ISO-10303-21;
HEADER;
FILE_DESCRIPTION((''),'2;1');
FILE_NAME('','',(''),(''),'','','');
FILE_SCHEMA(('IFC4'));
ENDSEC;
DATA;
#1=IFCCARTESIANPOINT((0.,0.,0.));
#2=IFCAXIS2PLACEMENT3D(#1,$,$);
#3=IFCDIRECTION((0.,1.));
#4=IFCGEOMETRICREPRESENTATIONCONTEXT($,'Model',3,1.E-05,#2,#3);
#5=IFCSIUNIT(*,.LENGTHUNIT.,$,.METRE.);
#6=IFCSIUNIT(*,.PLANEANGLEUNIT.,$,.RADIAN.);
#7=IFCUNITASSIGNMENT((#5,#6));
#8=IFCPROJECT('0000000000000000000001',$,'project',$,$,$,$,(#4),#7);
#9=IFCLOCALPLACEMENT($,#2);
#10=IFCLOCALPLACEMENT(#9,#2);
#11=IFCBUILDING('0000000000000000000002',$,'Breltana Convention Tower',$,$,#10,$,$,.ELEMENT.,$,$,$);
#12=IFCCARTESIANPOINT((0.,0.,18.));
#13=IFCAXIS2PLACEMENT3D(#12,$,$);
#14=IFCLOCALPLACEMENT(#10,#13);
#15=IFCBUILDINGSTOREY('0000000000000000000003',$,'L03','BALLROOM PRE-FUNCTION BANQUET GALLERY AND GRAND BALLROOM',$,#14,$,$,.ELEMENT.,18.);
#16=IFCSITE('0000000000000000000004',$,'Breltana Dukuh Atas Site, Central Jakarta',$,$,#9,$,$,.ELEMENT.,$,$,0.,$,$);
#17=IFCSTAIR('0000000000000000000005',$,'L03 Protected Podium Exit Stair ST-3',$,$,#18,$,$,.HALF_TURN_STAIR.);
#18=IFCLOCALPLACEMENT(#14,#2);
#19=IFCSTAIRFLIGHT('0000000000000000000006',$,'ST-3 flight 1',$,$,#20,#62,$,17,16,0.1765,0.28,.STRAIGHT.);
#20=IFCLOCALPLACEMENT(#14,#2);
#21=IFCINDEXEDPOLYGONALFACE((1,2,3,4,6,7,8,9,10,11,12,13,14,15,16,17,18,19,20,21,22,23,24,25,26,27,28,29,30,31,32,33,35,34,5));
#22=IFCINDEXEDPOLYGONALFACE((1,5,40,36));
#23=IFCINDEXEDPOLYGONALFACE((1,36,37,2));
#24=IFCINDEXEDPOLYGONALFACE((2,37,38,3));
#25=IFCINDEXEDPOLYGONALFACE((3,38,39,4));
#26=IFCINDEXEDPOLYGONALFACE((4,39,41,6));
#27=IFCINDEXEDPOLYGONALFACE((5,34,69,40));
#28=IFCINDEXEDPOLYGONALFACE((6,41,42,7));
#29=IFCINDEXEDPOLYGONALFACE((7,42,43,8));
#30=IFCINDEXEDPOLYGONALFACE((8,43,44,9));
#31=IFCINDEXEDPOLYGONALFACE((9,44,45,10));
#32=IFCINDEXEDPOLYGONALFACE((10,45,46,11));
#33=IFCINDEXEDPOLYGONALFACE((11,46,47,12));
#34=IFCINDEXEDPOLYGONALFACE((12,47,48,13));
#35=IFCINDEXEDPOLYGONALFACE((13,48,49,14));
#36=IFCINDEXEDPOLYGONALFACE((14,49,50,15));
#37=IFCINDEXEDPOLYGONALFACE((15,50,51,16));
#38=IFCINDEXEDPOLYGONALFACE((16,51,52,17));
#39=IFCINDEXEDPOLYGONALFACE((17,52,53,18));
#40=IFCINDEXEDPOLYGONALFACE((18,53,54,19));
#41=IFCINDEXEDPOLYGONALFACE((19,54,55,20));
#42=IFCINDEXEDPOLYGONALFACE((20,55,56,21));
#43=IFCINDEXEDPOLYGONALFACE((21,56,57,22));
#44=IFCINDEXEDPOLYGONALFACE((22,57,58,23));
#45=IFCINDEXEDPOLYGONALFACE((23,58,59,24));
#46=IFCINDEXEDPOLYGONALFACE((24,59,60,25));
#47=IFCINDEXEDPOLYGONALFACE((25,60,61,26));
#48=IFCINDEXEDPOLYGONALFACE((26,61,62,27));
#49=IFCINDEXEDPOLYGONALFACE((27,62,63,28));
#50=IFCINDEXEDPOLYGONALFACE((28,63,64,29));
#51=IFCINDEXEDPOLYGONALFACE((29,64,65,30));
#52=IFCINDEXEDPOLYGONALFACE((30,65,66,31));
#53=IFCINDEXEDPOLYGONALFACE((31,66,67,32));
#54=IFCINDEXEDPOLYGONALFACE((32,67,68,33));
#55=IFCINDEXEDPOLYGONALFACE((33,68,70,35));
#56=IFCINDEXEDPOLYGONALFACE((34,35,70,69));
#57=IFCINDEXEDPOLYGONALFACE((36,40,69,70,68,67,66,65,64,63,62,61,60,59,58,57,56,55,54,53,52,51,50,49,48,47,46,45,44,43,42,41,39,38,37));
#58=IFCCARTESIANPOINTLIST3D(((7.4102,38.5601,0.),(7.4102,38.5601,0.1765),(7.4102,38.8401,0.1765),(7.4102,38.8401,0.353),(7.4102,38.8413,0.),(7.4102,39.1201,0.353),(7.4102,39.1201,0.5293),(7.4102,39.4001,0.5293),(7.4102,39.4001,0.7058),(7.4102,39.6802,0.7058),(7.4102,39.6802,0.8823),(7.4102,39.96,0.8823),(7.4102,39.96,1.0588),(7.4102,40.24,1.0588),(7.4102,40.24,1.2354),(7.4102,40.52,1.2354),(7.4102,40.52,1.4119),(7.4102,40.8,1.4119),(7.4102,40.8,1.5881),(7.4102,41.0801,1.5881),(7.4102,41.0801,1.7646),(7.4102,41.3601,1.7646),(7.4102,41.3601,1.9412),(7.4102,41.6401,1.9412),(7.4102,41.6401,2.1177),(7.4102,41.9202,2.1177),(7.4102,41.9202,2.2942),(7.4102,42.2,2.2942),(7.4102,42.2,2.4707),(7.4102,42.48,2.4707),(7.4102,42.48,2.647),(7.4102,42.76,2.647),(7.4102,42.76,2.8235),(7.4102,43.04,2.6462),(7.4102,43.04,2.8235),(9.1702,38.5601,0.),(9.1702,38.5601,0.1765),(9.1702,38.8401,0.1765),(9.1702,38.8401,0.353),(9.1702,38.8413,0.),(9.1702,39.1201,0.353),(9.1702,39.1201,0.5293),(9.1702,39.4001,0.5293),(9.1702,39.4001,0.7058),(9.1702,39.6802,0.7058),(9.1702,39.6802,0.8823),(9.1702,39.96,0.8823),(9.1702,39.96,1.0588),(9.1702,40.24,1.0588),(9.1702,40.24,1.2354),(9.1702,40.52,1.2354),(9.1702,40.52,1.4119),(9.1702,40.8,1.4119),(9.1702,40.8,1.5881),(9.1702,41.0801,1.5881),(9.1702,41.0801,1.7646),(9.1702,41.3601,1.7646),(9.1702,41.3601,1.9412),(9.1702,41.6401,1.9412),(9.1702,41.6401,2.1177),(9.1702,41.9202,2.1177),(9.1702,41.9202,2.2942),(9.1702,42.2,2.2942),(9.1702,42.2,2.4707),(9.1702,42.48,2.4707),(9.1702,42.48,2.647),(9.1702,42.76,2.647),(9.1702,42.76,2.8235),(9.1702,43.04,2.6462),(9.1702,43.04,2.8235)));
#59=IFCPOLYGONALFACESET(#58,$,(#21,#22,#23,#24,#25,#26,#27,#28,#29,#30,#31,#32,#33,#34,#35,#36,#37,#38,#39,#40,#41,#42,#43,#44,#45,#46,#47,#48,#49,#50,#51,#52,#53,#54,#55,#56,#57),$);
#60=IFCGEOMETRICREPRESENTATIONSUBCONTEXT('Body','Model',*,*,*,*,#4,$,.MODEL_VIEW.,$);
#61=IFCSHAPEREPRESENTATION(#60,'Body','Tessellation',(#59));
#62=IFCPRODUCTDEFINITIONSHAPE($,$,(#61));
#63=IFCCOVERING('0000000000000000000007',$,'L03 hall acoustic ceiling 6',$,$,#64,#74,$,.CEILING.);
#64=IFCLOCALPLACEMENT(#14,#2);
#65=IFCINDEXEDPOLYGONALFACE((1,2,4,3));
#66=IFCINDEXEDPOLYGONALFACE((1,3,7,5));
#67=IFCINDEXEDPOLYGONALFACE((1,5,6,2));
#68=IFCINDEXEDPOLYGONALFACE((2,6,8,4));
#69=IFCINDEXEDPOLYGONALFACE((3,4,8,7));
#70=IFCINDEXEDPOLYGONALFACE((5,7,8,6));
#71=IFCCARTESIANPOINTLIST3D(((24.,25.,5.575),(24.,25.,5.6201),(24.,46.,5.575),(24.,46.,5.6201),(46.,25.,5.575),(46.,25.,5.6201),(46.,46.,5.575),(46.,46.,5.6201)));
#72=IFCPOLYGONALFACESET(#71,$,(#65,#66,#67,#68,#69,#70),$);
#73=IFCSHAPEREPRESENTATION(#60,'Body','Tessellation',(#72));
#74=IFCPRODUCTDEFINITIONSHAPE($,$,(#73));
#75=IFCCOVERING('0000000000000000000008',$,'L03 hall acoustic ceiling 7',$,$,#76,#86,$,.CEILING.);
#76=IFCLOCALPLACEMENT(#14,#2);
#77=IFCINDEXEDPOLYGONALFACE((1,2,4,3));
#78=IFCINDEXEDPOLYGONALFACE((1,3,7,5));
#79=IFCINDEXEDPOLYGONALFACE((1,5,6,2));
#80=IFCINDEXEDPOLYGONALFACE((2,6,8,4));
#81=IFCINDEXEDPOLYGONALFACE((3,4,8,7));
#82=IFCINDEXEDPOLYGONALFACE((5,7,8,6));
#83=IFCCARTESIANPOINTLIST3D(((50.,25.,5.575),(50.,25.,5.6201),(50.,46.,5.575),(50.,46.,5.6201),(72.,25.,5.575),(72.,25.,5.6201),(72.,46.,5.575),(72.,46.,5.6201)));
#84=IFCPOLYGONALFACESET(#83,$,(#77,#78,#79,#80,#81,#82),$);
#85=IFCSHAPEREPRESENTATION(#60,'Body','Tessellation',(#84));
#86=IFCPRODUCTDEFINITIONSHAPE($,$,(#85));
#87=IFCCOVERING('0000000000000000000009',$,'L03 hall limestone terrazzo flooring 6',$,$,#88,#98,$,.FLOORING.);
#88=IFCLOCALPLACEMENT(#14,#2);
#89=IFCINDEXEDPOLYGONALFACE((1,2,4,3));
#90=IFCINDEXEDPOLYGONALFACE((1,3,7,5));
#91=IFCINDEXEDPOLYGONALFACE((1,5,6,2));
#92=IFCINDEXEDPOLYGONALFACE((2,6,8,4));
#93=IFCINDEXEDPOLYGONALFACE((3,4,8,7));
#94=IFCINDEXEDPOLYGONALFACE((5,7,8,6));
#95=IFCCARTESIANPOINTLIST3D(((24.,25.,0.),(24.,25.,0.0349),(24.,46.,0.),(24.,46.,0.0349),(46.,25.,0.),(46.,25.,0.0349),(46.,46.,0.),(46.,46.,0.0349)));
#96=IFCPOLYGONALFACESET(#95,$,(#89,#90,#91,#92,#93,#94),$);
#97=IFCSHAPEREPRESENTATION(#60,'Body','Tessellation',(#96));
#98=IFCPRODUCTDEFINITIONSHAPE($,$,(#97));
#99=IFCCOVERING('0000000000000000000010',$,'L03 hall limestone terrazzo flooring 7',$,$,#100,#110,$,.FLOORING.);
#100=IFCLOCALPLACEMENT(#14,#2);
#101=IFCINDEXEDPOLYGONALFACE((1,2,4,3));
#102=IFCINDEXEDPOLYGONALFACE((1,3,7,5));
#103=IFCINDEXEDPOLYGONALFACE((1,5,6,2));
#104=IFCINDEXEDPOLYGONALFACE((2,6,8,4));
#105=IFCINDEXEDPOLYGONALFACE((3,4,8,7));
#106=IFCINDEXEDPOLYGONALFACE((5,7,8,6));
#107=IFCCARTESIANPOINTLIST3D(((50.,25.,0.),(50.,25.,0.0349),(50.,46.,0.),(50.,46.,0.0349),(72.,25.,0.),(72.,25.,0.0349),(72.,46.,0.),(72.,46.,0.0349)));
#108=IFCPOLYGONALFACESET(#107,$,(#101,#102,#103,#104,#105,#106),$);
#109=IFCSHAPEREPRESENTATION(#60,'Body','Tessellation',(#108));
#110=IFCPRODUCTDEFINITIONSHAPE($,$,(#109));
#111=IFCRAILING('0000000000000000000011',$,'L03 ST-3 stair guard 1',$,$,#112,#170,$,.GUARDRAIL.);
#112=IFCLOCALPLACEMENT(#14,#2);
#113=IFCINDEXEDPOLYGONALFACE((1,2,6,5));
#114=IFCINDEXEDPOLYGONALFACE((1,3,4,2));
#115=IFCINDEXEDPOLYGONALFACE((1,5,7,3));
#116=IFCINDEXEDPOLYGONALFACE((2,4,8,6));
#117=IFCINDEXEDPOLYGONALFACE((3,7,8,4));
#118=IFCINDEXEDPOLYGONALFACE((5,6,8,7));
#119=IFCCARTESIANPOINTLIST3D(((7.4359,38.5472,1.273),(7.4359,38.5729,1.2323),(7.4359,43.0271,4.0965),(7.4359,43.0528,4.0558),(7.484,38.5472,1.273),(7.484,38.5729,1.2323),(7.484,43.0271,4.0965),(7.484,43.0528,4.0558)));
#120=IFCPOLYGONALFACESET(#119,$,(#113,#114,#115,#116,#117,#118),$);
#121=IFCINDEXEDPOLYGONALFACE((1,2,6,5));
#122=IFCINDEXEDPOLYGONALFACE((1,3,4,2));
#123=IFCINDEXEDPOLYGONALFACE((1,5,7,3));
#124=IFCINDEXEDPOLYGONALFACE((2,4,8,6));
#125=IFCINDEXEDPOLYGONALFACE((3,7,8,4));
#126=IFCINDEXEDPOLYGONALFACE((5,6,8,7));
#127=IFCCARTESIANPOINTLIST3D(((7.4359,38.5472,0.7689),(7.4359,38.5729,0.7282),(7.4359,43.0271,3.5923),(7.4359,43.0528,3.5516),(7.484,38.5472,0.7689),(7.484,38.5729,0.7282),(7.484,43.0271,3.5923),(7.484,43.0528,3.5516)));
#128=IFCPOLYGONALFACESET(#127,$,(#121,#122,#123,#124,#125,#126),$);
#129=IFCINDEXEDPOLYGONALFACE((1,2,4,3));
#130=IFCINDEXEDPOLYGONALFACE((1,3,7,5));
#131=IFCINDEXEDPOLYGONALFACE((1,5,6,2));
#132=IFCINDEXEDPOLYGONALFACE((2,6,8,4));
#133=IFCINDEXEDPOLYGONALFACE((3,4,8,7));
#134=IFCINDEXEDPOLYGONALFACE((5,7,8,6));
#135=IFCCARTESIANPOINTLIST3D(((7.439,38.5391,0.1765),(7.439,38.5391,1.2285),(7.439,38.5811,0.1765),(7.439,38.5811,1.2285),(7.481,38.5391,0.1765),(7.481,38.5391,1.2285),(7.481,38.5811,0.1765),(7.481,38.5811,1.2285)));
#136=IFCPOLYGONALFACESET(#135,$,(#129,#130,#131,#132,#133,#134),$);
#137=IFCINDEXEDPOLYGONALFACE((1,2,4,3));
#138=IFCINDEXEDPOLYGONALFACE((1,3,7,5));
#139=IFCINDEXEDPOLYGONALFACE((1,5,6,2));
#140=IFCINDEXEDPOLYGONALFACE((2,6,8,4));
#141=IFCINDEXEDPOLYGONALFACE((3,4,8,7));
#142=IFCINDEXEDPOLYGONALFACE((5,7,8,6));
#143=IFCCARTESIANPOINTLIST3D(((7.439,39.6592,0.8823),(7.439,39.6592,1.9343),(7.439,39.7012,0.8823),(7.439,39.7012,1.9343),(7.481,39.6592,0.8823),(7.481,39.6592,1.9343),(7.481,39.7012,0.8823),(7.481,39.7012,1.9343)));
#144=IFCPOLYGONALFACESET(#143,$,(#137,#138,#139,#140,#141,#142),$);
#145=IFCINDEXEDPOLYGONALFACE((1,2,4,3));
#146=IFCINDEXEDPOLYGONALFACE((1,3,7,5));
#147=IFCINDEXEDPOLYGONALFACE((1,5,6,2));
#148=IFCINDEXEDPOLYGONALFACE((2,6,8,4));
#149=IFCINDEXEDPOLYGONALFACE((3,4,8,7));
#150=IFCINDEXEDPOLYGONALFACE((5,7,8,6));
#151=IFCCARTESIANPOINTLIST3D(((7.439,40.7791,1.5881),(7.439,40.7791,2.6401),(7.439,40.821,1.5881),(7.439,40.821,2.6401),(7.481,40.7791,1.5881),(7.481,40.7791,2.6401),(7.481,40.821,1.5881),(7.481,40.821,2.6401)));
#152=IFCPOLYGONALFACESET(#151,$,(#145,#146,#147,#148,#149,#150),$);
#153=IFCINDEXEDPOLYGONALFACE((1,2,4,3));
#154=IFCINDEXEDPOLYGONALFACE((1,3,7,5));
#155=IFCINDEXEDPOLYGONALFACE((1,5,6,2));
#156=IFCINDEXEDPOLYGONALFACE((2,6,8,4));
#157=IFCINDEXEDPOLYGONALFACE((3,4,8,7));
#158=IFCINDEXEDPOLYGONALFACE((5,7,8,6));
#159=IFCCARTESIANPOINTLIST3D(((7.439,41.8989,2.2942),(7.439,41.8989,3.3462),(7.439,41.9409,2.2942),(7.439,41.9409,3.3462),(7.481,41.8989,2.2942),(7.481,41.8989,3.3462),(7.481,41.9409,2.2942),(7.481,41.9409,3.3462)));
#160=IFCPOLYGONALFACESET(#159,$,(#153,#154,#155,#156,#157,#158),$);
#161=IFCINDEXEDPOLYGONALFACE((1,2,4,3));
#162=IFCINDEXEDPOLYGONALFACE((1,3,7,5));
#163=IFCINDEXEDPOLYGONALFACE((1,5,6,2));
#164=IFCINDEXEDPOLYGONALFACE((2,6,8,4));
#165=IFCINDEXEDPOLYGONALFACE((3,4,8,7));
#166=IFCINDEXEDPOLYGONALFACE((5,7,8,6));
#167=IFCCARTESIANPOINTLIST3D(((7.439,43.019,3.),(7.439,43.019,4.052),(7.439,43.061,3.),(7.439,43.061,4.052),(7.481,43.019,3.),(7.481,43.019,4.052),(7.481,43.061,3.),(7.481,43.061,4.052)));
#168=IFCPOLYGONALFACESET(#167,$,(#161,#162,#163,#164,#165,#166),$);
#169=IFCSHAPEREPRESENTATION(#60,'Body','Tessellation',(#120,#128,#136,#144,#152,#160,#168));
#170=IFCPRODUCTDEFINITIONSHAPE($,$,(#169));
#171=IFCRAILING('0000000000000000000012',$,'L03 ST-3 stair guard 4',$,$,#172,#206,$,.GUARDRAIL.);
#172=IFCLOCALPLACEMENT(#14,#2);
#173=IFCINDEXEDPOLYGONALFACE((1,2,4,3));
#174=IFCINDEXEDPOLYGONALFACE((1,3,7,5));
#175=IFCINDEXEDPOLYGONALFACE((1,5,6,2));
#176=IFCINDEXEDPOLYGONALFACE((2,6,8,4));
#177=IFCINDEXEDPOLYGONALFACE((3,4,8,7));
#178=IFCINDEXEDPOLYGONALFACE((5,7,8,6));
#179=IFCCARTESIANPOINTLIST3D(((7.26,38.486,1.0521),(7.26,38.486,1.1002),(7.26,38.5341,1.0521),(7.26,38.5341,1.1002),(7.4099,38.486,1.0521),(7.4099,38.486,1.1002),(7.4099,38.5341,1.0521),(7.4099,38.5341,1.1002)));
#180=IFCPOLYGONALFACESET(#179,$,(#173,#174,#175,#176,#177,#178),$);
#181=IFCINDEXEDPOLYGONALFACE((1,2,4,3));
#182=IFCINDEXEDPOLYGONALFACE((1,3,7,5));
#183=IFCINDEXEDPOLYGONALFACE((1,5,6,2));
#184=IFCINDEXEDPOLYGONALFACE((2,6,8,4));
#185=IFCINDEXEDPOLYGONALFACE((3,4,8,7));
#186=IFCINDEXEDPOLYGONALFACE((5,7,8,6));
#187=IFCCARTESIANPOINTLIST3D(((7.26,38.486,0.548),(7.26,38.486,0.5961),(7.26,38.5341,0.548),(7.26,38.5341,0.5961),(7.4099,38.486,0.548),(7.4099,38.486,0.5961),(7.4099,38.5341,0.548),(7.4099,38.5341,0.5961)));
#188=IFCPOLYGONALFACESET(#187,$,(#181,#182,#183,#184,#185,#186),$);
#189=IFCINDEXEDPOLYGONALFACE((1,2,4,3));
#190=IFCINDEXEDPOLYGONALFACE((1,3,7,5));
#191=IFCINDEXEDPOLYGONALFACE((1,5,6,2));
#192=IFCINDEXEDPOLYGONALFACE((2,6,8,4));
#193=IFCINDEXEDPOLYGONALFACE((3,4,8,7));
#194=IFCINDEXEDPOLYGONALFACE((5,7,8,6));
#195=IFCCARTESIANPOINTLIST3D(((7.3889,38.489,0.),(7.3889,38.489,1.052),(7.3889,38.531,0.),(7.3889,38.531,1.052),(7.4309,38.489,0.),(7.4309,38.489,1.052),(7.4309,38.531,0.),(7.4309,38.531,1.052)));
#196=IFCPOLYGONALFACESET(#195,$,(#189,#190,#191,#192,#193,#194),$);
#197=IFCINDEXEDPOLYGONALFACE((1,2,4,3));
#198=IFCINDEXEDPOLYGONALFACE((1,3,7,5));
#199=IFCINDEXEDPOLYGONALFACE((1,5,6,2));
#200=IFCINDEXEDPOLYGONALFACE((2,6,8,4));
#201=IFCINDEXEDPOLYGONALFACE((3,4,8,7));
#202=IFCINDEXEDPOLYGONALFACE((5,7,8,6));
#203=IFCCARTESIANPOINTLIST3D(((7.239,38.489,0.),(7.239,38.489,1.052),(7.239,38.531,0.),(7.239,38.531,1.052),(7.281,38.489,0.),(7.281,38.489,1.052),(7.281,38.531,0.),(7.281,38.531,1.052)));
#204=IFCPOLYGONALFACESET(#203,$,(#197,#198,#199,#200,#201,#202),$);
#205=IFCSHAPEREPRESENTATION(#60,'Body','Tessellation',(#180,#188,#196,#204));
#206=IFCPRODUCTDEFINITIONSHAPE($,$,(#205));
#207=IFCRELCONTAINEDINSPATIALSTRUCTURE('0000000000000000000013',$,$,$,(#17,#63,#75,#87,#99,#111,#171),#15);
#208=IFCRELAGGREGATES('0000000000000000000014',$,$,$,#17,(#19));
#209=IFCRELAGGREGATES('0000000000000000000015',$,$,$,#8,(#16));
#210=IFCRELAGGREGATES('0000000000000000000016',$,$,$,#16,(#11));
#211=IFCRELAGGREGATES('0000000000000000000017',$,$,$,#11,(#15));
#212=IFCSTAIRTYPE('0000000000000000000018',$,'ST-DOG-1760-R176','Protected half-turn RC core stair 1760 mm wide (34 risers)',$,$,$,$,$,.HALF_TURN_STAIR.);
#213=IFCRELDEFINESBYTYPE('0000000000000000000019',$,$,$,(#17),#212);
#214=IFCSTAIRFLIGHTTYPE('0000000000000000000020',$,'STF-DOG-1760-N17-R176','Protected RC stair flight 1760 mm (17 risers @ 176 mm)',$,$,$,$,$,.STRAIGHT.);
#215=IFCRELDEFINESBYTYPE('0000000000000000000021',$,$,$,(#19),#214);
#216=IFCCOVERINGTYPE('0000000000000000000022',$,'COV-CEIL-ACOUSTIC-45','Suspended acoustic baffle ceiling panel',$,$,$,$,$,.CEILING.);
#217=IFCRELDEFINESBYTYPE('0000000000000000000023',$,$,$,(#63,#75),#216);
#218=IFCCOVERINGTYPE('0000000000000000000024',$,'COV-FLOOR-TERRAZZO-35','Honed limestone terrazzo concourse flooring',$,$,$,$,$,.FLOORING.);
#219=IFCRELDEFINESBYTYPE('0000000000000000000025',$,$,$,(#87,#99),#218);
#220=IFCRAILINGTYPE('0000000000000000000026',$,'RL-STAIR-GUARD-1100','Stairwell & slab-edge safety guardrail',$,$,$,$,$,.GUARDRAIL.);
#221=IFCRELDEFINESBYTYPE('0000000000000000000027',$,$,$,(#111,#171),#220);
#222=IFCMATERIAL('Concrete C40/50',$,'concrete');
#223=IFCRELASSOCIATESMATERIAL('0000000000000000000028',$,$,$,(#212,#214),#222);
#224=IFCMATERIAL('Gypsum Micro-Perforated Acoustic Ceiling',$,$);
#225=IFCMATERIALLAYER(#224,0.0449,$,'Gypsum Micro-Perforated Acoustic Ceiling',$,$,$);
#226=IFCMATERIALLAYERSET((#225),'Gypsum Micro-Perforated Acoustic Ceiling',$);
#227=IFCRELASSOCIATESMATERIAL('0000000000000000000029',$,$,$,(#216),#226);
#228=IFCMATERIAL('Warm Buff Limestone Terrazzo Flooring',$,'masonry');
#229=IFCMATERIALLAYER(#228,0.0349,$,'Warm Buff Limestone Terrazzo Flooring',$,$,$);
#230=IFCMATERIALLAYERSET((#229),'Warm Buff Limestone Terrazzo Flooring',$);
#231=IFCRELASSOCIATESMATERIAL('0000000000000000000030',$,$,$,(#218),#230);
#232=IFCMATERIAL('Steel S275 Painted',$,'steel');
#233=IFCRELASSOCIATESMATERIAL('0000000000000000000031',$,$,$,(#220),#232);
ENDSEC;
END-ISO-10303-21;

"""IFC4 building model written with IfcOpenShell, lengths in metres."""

from ifc_helpers import new_model, si_unit, direction, frame, origin, origin_2d, place, context, subcontext, project, spatial, polyline, rectangle, outline, extrude, material, layer, layer_set, type_object, element, aggregate, save


model = new_model("IFC4")

# Units and contexts
model_context = context("Model", 3, precision=1e-05, world=origin(), true_north=direction((0.0, 1.0)))
body_context = subcontext(model_context, "Body", "Model", "MODEL_VIEW")
ifc_project = project(units=[si_unit("LENGTHUNIT", "METRE"), si_unit("PLANEANGLEUNIT", "RADIAN")], contexts=[model_context])

# Site, building, storey
site_placement = place(None, origin())
site = spatial("IfcSite", under=ifc_project, at=site_placement, Name="Breltana Dukuh Atas Site, Central Jakarta", CompositionType="ELEMENT", RefElevation=0.0)
building_placement = place(site_placement, origin())
building = spatial("IfcBuilding", under=site, at=building_placement, Name="Breltana Convention Tower", CompositionType="ELEMENT")
storey_placement = place(building_placement, frame((0.0, 0.0, 18.0)))
storey = spatial("IfcBuildingStorey", under=building, at=storey_placement, Name="L03", Description="BALLROOM PRE-FUNCTION BANQUET GALLERY AND GRAND BALLROOM", CompositionType="ELEMENT", Elevation=18.0)

# Shared definitions
ifc_material_1 = material(Name="Concrete C40/50", Category="concrete")

# Stair
stair_type_1 = type_object("IfcStairType", Name="ST-DOG-1760-R176", Description="Protected half-turn RC core stair 1760 mm wide (34 risers)", PredefinedType="HALF_TURN_STAIR", material=ifc_material_1)
stair_1_placement = place(storey_placement, origin())
stair_1 = element("IfcStair", 1, at=stair_1_placement, inside=storey, type_object=stair_type_1, Name="L03 Protected Podium Exit Stair ST-3", PredefinedType="HALF_TURN_STAIR")

# Stair flight
stair_flight_type = type_object("IfcStairFlightType", Name="STF-DOG-1760-N17-R176", Description="Protected RC stair flight 1760 mm (17 risers @ 176 mm)", PredefinedType="STRAIGHT", material=ifc_material_1)
stair_flight_placement = place(storey_placement, frame((8.29, 38.5601, 0.0), z_axis=(0.0, 0.0, 1.0), x_axis=(0.0, 1.0, 0.0)))
stair_flight = element("IfcStairFlight", 2, at=stair_flight_placement, type_object=stair_flight_type, Name="ST-3 flight 1", NumberOfRisers=17, NumberOfTreads=16, PredefinedType="STRAIGHT", RiserHeight=0.1765, TreadLength=0.28, context=body_context, shape_type="SweptSolid", body=[
    extrude(outline(polyline([(0.0, 0.0), (0.0, 0.1765), (0.28, 0.1765), (0.28, 0.353), (0.5601, 0.353), (0.5601, 0.5293), (0.8401, 0.5293), (0.8401, 0.7058), (1.1201, 0.7058), (1.1201, 0.8823), (1.3999, 0.8823), (1.3999, 1.0588), (1.6799, 1.0588), (1.6799, 1.2354), (1.96, 1.2354), (1.96, 1.4119), (2.24, 1.4119), (2.24, 1.5881), (2.52, 1.5881), (2.52, 1.7646), (2.8, 1.7646), (2.8, 1.9412), (3.0801, 1.9412), (3.0801, 2.1177), (3.3601, 2.1177), (3.3601, 2.2942), (3.6399, 2.2942), (3.6399, 2.4707), (3.9199, 2.4707), (3.9199, 2.647), (4.2, 2.647), (4.2, 2.8235), (4.48, 2.8235), (4.48, 3.0), (4.48, 2.6462), (0.2812, 0.0), (0.0, 0.0)])), frame((0.0, 0.8799, 0.0), z_axis=(0.0, -1.0, 0.0), x_axis=(1.0, 0.0, 0.0)), (0.0, 0.0, 1.0), 1.76),
])
aggregate(stair_1, [stair_flight])

# Coverings
ifc_material_2 = material(Name="Gypsum Micro-Perforated Acoustic Ceiling")
ifc_layer_1 = layer(ifc_material_2, 0.0449, Name="Gypsum Micro-Perforated Acoustic Ceiling")
ifc_layer_set_1 = layer_set([ifc_layer_1], Name="Gypsum Micro-Perforated Acoustic Ceiling")
covering_type_1 = type_object("IfcCoveringType", Name="COV-CEIL-ACOUSTIC-45", Description="Suspended acoustic baffle ceiling panel", PredefinedType="CEILING", material=ifc_layer_set_1)
covering_1_placement = place(storey_placement, frame((0.0, 0.0, 5.575)))
element("IfcCovering", 3, at=covering_1_placement, inside=storey, type_object=covering_type_1, Name="L03 hall acoustic ceiling 6", PredefinedType="CEILING", context=body_context, shape_type="SweptSolid", body=[
    extrude(outline(polyline([(24.0, 25.0), (46.0, 25.0), (46.0, 46.0), (24.0, 46.0), (24.0, 25.0)])), origin(), (0.0, 0.0, 1.0), 0.0452),
])
covering_2_placement = place(storey_placement, frame((0.0, 0.0, 5.575)))
element("IfcCovering", 4, at=covering_2_placement, inside=storey, type_object=covering_type_1, Name="L03 hall acoustic ceiling 7", PredefinedType="CEILING", context=body_context, shape_type="SweptSolid", body=[
    extrude(outline(polyline([(50.0, 25.0), (72.0, 25.0), (72.0, 46.0), (50.0, 46.0), (50.0, 25.0)])), origin(), (0.0, 0.0, 1.0), 0.0452),
])
ifc_material_3 = material(Name="Warm Buff Limestone Terrazzo Flooring", Category="masonry")
ifc_layer_2 = layer(ifc_material_3, 0.0349, Name="Warm Buff Limestone Terrazzo Flooring")
ifc_layer_set_2 = layer_set([ifc_layer_2], Name="Warm Buff Limestone Terrazzo Flooring")
covering_type_2 = type_object("IfcCoveringType", Name="COV-FLOOR-TERRAZZO-35", Description="Honed limestone terrazzo concourse flooring", PredefinedType="FLOORING", material=ifc_layer_set_2)
covering_3_placement = place(storey_placement, origin())
element("IfcCovering", 5, at=covering_3_placement, inside=storey, type_object=covering_type_2, Name="L03 hall limestone terrazzo flooring 6", PredefinedType="FLOORING", context=body_context, shape_type="SweptSolid", body=[
    extrude(outline(polyline([(24.0, 25.0), (46.0, 25.0), (46.0, 46.0), (24.0, 46.0), (24.0, 25.0)])), origin(), (0.0, 0.0, 1.0), 0.0349),
])
covering_4_placement = place(storey_placement, origin())
element("IfcCovering", 6, at=covering_4_placement, inside=storey, type_object=covering_type_2, Name="L03 hall limestone terrazzo flooring 7", PredefinedType="FLOORING", context=body_context, shape_type="SweptSolid", body=[
    extrude(outline(polyline([(50.0, 25.0), (72.0, 25.0), (72.0, 46.0), (50.0, 46.0), (50.0, 25.0)])), origin(), (0.0, 0.0, 1.0), 0.0349),
])

# Railings
ifc_material_4 = material(Name="Steel S275 Painted", Category="steel")
railing_type_1 = type_object("IfcRailingType", Name="RL-STAIR-GUARD-1100", Description="Stairwell & slab-edge safety guardrail", PredefinedType="GUARDRAIL", material=ifc_material_4)
railing_1_placement = place(storey_placement, frame((7.46, 38.5601, 0.1765)))
element("IfcRailing", 7, at=railing_1_placement, inside=storey, type_object=railing_type_1, Name="L03 ST-3 stair guard 1", PredefinedType="GUARDRAIL", context=body_context, shape_type="SweptSolid", body=[
    extrude(rectangle(XDim=0.0481, YDim=0.0481, at=origin_2d()), frame((0.0, 0.0, 1.0762), z_axis=(0.0, 0.845998, 0.533186), x_axis=(-1.0, 0.0, 0.0)), (0.0, 0.0, 1.0), 5.2954),
    extrude(rectangle(XDim=0.0481, YDim=0.0481, at=origin_2d()), frame((0.0, 0.0, 0.572), z_axis=(0.0, 0.845998, 0.533186), x_axis=(-1.0, 0.0, 0.0)), (0.0, 0.0, 1.0), 5.2954),
    extrude(rectangle(XDim=0.042, YDim=0.042, at=origin_2d()), origin(), (0.0, 0.0, 1.0), 1.052),
    extrude(rectangle(XDim=0.042, YDim=0.042, at=origin_2d()), frame((0.0, 1.1201, 0.7058)), (0.0, 0.0, 1.0), 1.052),
    extrude(rectangle(XDim=0.042, YDim=0.042, at=origin_2d()), frame((0.0, 2.24, 1.4116)), (0.0, 0.0, 1.0), 1.052),
    extrude(rectangle(XDim=0.042, YDim=0.042, at=origin_2d()), frame((0.0, 3.3599, 2.1177)), (0.0, 0.0, 1.0), 1.052),
    extrude(rectangle(XDim=0.042, YDim=0.042, at=origin_2d()), frame((0.0, 4.48, 2.8235)), (0.0, 0.0, 1.0), 1.052),
])
railing_2_placement = place(storey_placement, frame((7.4099, 38.51, 0.0)))
element("IfcRailing", 8, at=railing_2_placement, inside=storey, type_object=railing_type_1, Name="L03 ST-3 stair guard 4", PredefinedType="GUARDRAIL", context=body_context, shape_type="SweptSolid", body=[
    extrude(rectangle(XDim=0.0481, YDim=0.0481, at=origin_2d()), frame((0.0, 0.0, 1.0762), z_axis=(-1.0, 0.0, 0.0), x_axis=(0.0, -1.0, 0.0)), (0.0, 0.0, 1.0), 0.1499),
    extrude(rectangle(XDim=0.0481, YDim=0.0481, at=origin_2d()), frame((0.0, 0.0, 0.572), z_axis=(-1.0, 0.0, 0.0), x_axis=(0.0, -1.0, 0.0)), (0.0, 0.0, 1.0), 0.1499),
    extrude(rectangle(XDim=0.042, YDim=0.042, at=origin_2d()), origin(), (0.0, 0.0, 1.0), 1.052),
    extrude(rectangle(XDim=0.042, YDim=0.042, at=origin_2d()), frame((-0.1499, 0.0, 0.0)), (0.0, 0.0, 1.0), 1.052),
])

save(model, "model.ifc")
